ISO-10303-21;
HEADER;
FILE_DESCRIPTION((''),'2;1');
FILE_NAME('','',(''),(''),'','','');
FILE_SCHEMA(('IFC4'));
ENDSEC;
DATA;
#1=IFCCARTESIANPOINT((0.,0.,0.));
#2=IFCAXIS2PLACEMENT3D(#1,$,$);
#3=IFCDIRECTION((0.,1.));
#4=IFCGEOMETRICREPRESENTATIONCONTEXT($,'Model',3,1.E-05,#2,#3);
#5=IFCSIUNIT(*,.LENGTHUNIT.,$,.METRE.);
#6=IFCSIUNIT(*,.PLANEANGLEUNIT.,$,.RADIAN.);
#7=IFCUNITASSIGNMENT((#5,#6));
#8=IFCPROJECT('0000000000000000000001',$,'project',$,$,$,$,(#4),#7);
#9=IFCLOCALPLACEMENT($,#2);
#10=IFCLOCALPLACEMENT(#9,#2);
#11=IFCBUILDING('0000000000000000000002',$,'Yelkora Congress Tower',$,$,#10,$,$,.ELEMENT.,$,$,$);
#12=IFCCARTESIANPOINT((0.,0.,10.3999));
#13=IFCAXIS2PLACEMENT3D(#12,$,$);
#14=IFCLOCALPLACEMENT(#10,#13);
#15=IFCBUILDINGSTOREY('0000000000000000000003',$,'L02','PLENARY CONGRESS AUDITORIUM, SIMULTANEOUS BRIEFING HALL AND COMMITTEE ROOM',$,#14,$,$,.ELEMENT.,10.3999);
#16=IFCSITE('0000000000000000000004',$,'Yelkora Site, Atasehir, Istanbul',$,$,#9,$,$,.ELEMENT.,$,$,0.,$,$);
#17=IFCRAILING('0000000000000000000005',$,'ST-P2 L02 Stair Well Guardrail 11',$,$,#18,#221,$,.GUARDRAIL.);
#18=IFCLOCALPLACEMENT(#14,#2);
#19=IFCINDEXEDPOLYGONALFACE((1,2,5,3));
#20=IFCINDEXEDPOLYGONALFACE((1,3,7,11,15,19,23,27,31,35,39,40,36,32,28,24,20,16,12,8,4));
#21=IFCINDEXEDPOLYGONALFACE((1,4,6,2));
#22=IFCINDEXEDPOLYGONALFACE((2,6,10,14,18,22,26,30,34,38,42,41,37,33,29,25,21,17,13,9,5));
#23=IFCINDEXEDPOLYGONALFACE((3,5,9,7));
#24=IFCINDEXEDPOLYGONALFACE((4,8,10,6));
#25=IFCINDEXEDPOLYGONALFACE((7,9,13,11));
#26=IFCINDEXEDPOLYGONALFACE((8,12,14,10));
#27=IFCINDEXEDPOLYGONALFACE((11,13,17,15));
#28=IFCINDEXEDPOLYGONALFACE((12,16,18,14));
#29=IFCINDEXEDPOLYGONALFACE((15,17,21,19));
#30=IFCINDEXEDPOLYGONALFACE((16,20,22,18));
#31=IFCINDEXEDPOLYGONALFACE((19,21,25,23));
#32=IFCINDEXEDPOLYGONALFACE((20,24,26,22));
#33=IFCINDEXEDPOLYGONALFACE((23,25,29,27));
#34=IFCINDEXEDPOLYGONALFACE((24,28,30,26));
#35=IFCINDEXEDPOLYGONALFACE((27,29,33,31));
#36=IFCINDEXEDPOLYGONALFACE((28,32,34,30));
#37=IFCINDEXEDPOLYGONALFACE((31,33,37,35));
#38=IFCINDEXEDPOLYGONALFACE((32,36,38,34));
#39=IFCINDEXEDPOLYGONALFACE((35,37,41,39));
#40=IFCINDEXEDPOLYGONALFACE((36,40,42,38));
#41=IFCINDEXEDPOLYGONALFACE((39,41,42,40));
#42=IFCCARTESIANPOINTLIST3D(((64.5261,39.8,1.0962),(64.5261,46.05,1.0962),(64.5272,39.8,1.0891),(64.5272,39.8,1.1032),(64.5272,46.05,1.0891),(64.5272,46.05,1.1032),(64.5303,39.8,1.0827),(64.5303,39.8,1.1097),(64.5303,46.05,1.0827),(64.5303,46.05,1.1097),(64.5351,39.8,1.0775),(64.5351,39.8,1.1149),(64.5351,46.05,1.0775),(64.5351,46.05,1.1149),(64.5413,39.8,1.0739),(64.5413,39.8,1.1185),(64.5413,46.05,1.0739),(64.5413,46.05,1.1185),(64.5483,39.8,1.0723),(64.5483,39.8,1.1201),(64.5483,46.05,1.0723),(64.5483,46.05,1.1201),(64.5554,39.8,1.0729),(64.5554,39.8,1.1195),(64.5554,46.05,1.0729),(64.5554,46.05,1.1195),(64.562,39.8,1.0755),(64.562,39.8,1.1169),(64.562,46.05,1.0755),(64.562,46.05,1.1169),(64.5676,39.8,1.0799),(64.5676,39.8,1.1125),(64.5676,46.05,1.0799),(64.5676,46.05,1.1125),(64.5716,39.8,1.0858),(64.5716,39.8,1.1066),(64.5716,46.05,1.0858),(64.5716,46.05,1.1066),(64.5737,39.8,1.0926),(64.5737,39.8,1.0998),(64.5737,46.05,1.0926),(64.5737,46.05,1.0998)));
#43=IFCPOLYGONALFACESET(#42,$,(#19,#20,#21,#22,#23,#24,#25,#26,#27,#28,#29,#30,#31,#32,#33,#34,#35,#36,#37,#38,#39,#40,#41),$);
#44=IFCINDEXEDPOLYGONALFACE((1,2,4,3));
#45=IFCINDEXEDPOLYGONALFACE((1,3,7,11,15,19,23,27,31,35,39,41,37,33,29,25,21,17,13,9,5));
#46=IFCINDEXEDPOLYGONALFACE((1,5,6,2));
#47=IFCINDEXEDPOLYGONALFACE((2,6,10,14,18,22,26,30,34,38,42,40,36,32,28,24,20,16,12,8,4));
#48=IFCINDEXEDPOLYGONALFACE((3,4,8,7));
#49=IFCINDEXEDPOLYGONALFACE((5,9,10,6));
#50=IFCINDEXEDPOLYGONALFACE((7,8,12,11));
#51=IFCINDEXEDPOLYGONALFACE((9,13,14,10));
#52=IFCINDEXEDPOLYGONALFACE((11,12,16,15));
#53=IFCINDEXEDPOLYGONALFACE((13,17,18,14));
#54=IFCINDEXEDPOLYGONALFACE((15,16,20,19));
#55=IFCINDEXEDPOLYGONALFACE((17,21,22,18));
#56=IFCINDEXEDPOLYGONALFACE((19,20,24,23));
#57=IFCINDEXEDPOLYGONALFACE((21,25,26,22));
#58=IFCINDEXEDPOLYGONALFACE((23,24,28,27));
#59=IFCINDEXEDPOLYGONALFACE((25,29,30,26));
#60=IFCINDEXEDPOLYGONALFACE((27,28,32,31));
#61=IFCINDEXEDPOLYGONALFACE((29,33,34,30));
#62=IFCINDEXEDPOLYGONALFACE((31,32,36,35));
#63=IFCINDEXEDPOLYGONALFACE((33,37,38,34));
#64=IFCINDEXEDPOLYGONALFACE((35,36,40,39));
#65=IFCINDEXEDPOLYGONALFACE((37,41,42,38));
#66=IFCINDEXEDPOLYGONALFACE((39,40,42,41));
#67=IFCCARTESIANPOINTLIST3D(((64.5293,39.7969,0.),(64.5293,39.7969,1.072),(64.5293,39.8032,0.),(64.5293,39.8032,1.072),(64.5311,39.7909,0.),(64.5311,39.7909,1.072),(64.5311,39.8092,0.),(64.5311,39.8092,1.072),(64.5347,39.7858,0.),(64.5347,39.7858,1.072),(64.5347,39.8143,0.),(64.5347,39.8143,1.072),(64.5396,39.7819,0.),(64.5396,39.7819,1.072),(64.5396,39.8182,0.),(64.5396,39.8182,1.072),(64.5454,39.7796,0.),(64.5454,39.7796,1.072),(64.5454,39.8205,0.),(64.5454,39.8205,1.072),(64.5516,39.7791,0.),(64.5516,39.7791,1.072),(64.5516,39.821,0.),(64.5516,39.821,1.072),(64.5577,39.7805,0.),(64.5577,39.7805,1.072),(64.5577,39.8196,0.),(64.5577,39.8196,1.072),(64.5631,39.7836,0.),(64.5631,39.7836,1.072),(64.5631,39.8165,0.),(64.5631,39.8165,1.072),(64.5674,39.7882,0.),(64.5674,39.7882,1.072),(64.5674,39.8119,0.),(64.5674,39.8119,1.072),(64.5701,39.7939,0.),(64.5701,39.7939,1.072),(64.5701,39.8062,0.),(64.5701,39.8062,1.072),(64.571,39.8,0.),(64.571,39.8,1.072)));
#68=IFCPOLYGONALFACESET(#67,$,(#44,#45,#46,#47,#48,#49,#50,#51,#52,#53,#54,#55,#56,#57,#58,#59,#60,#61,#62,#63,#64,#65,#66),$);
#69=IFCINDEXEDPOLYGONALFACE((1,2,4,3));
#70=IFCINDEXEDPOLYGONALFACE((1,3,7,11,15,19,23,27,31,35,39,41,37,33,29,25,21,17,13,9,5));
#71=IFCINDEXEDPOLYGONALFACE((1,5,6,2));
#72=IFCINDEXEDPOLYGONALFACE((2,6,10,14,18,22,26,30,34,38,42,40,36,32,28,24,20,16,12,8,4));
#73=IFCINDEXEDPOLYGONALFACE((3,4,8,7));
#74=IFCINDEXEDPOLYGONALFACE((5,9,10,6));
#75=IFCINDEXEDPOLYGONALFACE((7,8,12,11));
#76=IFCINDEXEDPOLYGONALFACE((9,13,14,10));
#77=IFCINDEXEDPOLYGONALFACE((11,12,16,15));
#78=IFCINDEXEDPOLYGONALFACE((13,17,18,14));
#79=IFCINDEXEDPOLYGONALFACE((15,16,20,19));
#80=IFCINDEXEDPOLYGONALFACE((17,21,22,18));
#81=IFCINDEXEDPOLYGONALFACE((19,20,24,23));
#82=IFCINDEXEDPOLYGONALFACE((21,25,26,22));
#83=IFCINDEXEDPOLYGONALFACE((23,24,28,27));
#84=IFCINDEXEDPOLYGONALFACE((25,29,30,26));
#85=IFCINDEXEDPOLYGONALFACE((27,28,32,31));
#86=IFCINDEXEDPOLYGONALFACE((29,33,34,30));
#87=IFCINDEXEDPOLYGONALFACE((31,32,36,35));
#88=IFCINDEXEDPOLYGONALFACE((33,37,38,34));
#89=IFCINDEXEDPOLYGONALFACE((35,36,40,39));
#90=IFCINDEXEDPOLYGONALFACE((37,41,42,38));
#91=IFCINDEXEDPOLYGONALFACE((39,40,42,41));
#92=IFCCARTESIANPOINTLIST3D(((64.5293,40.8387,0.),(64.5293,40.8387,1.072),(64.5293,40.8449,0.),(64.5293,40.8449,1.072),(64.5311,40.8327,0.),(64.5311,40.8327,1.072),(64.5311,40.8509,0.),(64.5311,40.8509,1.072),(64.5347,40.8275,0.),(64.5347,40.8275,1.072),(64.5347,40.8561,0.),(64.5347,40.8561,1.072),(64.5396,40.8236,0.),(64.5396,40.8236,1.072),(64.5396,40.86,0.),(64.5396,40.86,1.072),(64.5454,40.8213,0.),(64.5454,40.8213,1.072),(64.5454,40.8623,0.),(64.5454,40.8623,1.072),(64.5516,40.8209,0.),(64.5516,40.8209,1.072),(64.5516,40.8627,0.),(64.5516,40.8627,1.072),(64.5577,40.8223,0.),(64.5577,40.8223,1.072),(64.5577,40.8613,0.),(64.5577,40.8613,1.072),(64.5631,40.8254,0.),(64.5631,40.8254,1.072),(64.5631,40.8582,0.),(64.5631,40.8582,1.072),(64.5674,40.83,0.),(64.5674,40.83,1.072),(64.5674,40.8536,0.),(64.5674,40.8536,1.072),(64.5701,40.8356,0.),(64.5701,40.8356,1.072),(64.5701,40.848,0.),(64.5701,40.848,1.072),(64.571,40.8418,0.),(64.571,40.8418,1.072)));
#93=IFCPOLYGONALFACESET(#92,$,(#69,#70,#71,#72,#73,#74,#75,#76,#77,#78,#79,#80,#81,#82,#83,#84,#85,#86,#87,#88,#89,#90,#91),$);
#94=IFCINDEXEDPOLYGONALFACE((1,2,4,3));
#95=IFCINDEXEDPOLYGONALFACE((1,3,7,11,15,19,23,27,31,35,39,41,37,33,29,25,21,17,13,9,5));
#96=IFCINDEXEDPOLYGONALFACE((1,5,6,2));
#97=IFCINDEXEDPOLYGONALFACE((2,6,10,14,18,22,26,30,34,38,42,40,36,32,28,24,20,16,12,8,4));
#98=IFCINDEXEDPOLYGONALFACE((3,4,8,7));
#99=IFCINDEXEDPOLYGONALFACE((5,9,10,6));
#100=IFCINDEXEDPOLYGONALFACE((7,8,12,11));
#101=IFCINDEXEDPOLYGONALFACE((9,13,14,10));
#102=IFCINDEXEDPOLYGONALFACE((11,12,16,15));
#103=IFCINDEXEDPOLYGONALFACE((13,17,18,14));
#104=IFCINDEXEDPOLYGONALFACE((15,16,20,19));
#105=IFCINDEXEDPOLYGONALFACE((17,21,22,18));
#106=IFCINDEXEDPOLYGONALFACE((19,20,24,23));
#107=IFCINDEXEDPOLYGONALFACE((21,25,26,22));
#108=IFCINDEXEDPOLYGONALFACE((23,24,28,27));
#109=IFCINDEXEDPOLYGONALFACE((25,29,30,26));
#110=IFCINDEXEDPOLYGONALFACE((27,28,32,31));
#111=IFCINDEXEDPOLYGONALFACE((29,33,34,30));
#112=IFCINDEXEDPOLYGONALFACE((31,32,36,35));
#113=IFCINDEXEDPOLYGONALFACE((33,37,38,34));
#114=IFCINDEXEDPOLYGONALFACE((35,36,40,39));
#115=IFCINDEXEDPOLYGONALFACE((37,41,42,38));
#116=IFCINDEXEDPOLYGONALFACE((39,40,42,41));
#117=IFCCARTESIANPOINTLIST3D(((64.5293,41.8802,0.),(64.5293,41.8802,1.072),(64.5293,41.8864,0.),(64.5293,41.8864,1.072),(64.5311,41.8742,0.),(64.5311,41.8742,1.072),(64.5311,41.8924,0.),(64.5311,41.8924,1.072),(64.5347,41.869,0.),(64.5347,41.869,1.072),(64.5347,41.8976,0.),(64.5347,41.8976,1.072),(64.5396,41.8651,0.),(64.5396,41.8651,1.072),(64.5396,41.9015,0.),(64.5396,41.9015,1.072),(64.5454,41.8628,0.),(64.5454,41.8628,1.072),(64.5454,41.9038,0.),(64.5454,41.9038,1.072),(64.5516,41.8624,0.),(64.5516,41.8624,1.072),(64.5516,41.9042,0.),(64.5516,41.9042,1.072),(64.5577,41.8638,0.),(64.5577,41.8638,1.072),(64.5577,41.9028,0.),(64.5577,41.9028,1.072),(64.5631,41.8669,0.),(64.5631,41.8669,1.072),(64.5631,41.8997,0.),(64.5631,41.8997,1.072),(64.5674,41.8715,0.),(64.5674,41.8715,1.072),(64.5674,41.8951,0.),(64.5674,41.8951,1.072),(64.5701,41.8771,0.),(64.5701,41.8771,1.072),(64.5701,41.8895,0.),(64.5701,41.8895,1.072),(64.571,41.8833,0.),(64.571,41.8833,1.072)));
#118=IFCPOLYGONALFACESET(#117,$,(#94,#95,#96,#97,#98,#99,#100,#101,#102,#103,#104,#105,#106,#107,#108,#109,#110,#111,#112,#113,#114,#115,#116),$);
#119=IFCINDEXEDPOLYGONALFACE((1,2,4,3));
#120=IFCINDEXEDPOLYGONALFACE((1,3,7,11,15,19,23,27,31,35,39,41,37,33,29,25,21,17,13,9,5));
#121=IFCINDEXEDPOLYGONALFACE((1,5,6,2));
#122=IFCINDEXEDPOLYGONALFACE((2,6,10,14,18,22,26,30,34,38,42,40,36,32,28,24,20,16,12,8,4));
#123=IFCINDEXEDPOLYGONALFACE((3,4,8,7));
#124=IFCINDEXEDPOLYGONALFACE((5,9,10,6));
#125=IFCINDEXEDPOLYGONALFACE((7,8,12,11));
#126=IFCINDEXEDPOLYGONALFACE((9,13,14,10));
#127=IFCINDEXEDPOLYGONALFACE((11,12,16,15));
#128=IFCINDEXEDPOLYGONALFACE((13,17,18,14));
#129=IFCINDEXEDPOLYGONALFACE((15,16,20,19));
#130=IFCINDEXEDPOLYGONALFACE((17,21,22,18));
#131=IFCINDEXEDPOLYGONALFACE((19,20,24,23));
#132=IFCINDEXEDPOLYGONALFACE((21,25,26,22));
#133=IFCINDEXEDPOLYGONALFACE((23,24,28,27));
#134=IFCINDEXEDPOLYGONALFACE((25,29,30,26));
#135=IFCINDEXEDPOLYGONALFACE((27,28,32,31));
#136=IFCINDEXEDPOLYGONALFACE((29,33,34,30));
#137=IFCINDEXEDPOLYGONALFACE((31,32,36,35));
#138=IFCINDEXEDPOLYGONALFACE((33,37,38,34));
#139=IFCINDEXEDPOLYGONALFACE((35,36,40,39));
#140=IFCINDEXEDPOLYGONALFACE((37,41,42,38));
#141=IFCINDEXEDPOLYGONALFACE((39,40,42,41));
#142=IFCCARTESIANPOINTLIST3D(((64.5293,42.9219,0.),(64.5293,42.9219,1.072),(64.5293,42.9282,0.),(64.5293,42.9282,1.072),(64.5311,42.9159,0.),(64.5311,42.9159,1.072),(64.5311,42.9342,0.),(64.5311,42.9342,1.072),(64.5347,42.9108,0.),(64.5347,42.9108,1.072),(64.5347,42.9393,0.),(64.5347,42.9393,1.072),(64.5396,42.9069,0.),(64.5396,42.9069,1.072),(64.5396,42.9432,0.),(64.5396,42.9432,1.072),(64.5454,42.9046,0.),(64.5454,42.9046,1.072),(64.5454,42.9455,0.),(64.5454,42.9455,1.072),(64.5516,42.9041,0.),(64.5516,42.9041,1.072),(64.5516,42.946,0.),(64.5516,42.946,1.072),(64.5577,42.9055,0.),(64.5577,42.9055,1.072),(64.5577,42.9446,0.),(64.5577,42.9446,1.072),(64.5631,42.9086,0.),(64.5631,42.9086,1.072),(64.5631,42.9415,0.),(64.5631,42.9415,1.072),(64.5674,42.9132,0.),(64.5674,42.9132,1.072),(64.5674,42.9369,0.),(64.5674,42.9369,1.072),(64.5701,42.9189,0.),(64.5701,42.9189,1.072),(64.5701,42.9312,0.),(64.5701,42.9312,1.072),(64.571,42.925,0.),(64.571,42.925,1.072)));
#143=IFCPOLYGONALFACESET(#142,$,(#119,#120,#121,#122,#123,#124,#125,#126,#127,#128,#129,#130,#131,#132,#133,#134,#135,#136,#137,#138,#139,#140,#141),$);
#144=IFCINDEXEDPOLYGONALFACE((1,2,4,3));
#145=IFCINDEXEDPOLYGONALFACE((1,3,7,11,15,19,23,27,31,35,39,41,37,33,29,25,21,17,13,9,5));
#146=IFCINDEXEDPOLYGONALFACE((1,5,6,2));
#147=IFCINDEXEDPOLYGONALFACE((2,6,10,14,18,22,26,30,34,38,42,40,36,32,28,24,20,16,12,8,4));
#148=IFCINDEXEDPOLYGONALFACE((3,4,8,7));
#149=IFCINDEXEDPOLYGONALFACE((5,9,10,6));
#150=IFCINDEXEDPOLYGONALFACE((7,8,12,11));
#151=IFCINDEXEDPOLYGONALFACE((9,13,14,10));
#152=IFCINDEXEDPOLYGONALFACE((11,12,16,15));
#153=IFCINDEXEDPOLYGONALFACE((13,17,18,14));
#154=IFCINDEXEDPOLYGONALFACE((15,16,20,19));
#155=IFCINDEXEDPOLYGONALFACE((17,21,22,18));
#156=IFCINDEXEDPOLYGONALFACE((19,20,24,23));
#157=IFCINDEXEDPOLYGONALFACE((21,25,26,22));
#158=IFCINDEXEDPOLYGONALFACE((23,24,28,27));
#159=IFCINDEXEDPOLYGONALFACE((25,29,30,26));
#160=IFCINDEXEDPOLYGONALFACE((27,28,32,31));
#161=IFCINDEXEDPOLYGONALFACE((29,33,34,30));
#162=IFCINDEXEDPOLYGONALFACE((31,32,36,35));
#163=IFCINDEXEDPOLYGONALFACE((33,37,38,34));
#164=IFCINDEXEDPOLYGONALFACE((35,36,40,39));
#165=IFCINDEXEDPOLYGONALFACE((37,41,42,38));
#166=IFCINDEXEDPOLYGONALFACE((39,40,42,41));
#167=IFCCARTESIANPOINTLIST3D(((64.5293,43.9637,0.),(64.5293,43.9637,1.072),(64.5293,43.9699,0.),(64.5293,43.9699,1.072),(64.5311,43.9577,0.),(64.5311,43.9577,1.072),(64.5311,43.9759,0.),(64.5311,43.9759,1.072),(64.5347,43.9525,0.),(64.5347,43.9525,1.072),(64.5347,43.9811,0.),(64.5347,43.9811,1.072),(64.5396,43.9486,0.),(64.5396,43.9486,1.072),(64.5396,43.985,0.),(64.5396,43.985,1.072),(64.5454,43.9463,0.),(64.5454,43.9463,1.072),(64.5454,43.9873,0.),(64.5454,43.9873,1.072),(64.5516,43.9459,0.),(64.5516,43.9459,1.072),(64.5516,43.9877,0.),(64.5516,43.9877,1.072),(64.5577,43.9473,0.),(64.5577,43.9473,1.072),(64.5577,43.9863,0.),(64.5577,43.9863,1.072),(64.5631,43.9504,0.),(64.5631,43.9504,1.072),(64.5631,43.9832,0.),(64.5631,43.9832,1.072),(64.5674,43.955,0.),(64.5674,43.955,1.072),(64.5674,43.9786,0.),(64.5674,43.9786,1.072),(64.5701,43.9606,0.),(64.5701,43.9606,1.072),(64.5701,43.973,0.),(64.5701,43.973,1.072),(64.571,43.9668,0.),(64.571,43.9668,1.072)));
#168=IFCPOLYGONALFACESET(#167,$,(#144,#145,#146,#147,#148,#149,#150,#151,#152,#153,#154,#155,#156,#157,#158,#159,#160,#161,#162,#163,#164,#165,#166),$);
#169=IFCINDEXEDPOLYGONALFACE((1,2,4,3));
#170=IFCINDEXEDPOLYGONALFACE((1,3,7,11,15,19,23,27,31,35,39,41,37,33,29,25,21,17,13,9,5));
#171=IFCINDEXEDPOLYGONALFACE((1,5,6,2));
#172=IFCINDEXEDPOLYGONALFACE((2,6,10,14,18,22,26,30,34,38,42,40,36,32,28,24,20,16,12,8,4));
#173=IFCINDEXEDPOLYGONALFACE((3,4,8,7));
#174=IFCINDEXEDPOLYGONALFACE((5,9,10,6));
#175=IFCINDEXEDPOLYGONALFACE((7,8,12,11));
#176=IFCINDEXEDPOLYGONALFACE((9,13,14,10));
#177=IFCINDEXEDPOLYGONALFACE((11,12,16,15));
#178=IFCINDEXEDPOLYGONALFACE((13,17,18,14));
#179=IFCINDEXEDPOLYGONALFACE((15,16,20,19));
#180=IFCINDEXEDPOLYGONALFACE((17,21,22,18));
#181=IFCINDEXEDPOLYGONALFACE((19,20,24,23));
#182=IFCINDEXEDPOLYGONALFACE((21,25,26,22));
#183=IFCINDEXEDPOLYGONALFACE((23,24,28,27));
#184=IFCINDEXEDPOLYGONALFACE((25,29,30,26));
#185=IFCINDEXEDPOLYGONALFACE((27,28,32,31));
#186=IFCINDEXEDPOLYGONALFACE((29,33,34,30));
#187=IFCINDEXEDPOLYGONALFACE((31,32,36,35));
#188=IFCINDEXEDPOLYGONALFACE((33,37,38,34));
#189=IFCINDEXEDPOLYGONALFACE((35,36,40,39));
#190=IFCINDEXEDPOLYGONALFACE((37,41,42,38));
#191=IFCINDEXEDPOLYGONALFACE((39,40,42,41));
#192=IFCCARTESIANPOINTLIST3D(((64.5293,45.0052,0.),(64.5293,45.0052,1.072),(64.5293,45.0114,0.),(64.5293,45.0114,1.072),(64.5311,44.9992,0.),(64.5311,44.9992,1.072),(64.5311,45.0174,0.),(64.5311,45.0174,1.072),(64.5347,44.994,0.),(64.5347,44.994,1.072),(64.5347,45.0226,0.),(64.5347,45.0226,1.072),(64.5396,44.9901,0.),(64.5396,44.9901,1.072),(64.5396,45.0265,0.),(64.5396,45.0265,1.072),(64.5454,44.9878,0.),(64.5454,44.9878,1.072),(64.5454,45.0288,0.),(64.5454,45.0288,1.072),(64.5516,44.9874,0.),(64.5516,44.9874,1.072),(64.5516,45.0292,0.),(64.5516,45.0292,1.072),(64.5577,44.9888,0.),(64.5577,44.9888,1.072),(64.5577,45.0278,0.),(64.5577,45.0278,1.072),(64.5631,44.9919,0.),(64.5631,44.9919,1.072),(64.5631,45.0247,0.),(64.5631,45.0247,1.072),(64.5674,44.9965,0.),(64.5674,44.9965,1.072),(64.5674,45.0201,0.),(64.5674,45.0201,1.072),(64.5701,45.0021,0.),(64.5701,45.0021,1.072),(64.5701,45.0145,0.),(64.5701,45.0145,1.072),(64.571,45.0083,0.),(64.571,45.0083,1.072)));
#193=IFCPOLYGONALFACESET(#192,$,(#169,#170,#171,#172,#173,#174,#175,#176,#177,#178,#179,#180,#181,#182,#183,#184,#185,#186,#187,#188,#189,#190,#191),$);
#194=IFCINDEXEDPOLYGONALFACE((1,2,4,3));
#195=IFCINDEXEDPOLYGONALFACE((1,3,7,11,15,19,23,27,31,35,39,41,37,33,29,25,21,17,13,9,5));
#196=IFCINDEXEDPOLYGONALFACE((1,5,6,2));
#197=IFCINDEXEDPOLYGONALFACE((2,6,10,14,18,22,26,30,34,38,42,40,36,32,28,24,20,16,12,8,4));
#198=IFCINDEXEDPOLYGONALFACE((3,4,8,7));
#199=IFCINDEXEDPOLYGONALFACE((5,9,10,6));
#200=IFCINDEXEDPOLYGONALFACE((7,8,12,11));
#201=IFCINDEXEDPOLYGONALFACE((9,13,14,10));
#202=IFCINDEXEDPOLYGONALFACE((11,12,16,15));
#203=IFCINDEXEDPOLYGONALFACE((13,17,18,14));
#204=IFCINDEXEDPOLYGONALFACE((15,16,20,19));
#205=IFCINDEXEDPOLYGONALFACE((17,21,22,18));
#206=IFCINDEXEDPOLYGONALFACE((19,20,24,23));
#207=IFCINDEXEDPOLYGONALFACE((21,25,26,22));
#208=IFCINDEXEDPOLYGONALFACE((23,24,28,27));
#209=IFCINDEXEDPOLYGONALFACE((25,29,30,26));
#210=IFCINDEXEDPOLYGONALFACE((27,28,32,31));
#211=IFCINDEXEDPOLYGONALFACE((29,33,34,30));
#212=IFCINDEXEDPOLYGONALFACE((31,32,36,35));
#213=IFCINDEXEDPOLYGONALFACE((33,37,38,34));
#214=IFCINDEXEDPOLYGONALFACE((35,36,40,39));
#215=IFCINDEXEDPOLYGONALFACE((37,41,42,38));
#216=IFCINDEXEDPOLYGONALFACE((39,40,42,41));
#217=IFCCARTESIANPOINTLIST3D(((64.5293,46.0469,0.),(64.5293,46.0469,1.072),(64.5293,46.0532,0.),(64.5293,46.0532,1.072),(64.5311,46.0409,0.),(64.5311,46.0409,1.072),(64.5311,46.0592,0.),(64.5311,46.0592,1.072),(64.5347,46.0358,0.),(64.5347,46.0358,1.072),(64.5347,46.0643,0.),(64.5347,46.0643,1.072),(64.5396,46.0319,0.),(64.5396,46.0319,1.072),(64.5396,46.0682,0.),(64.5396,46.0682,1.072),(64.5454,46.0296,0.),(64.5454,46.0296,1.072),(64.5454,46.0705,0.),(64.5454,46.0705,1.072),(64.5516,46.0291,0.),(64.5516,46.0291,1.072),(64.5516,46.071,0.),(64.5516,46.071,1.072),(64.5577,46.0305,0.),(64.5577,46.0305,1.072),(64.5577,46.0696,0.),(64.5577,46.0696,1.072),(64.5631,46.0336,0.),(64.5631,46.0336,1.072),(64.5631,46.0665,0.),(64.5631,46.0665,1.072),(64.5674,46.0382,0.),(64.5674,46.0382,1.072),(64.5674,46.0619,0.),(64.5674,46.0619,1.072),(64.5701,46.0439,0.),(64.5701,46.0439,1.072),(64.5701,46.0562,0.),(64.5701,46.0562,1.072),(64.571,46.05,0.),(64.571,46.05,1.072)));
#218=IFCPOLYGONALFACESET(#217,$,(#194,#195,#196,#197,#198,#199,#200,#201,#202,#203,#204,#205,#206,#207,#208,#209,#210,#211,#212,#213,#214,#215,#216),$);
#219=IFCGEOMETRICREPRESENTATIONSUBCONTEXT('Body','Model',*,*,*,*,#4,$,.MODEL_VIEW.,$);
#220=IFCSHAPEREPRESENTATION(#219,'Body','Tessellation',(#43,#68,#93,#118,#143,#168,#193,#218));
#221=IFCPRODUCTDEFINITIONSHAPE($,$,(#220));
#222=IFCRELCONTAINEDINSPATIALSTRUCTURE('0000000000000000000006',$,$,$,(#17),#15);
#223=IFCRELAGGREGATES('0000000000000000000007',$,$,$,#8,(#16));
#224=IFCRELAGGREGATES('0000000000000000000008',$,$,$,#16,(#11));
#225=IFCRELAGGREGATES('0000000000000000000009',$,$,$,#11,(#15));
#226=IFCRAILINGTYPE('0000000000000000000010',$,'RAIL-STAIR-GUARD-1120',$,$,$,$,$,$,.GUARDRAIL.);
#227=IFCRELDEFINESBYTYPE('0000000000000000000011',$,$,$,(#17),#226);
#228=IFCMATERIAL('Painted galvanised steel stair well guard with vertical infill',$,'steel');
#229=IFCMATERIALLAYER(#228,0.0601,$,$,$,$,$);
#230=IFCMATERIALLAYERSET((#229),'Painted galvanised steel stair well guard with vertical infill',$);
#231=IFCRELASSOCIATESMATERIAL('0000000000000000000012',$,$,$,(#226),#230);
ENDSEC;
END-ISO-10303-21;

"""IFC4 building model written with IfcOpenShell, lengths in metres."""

from ifc_helpers import new_model, si_unit, direction, frame, origin, origin_2d, place, context, subcontext, project, spatial, circle, extrude, material, layer, layer_set, type_object, element, save


model = new_model("IFC4")

# Units and contexts
model_context = context("Model", 3, precision=1e-05, world=origin(), true_north=direction((0.0, 1.0)))
body_context = subcontext(model_context, "Body", "Model", "MODEL_VIEW")
ifc_project = project(units=[si_unit("LENGTHUNIT", "METRE"), si_unit("PLANEANGLEUNIT", "RADIAN")], contexts=[model_context])

# Site, building, storey
site_placement = place(None, origin())
site = spatial("IfcSite", under=ifc_project, at=site_placement, Name="Yelkora Site, Atasehir, Istanbul", CompositionType="ELEMENT", RefElevation=0.0)
building_placement = place(site_placement, origin())
building = spatial("IfcBuilding", under=site, at=building_placement, Name="Yelkora Congress Tower", CompositionType="ELEMENT")
storey_placement = place(building_placement, frame((0.0, 0.0, 10.3999)))
storey = spatial("IfcBuildingStorey", under=building, at=storey_placement, Name="L02", Description="PLENARY CONGRESS AUDITORIUM, SIMULTANEOUS BRIEFING HALL AND COMMITTEE ROOM", CompositionType="ELEMENT", Elevation=10.3999)

# Railing
ifc_material_1 = material(Name="Painted galvanised steel stair well guard with vertical infill", Category="steel")
ifc_layer_1 = layer(ifc_material_1, 0.0601)
ifc_layer_set_1 = layer_set([ifc_layer_1], Name="Painted galvanised steel stair well guard with vertical infill")
railing_type_1 = type_object("IfcRailingType", Name="RAIL-STAIR-GUARD-1120", PredefinedType="GUARDRAIL", material=ifc_layer_set_1)
railing_1_placement = place(storey_placement, frame((64.55, 39.8, 0.0)))
element("IfcRailing", 1, at=railing_1_placement, inside=storey, type_object=railing_type_1, Name="ST-P2 L02 Stair Well Guardrail 11", PredefinedType="GUARDRAIL", context=body_context, shape_type="SweptSolid", body=[
    extrude(circle(Radius=0.0239, at=origin_2d()), frame((0.0, 0.0, 1.0962), z_axis=(0.0, 1.0, 0.0), x_axis=(-1.0, 0.0, 0.0)), (0.0, 0.0, 1.0), 6.25),
    extrude(circle(Radius=0.021, at=origin_2d()), origin(), (0.0, 0.0, 1.0), 1.072),
    extrude(circle(Radius=0.021, at=origin_2d()), frame((0.0, 1.0417, 0.0)), (0.0, 0.0, 1.0), 1.072),
    extrude(circle(Radius=0.021, at=origin_2d()), frame((0.0, 2.0833, 0.0)), (0.0, 0.0, 1.0), 1.072),
    extrude(circle(Radius=0.021, at=origin_2d()), frame((0.0, 3.125, 0.0)), (0.0, 0.0, 1.0), 1.072),
    extrude(circle(Radius=0.021, at=origin_2d()), frame((0.0, 4.1667, 0.0)), (0.0, 0.0, 1.0), 1.072),
    extrude(circle(Radius=0.021, at=origin_2d()), frame((0.0, 5.2083, 0.0)), (0.0, 0.0, 1.0), 1.072),
    extrude(circle(Radius=0.021, at=origin_2d()), frame((0.0, 6.25, 0.0)), (0.0, 0.0, 1.0), 1.072),
])

save(model, "model.ifc")
